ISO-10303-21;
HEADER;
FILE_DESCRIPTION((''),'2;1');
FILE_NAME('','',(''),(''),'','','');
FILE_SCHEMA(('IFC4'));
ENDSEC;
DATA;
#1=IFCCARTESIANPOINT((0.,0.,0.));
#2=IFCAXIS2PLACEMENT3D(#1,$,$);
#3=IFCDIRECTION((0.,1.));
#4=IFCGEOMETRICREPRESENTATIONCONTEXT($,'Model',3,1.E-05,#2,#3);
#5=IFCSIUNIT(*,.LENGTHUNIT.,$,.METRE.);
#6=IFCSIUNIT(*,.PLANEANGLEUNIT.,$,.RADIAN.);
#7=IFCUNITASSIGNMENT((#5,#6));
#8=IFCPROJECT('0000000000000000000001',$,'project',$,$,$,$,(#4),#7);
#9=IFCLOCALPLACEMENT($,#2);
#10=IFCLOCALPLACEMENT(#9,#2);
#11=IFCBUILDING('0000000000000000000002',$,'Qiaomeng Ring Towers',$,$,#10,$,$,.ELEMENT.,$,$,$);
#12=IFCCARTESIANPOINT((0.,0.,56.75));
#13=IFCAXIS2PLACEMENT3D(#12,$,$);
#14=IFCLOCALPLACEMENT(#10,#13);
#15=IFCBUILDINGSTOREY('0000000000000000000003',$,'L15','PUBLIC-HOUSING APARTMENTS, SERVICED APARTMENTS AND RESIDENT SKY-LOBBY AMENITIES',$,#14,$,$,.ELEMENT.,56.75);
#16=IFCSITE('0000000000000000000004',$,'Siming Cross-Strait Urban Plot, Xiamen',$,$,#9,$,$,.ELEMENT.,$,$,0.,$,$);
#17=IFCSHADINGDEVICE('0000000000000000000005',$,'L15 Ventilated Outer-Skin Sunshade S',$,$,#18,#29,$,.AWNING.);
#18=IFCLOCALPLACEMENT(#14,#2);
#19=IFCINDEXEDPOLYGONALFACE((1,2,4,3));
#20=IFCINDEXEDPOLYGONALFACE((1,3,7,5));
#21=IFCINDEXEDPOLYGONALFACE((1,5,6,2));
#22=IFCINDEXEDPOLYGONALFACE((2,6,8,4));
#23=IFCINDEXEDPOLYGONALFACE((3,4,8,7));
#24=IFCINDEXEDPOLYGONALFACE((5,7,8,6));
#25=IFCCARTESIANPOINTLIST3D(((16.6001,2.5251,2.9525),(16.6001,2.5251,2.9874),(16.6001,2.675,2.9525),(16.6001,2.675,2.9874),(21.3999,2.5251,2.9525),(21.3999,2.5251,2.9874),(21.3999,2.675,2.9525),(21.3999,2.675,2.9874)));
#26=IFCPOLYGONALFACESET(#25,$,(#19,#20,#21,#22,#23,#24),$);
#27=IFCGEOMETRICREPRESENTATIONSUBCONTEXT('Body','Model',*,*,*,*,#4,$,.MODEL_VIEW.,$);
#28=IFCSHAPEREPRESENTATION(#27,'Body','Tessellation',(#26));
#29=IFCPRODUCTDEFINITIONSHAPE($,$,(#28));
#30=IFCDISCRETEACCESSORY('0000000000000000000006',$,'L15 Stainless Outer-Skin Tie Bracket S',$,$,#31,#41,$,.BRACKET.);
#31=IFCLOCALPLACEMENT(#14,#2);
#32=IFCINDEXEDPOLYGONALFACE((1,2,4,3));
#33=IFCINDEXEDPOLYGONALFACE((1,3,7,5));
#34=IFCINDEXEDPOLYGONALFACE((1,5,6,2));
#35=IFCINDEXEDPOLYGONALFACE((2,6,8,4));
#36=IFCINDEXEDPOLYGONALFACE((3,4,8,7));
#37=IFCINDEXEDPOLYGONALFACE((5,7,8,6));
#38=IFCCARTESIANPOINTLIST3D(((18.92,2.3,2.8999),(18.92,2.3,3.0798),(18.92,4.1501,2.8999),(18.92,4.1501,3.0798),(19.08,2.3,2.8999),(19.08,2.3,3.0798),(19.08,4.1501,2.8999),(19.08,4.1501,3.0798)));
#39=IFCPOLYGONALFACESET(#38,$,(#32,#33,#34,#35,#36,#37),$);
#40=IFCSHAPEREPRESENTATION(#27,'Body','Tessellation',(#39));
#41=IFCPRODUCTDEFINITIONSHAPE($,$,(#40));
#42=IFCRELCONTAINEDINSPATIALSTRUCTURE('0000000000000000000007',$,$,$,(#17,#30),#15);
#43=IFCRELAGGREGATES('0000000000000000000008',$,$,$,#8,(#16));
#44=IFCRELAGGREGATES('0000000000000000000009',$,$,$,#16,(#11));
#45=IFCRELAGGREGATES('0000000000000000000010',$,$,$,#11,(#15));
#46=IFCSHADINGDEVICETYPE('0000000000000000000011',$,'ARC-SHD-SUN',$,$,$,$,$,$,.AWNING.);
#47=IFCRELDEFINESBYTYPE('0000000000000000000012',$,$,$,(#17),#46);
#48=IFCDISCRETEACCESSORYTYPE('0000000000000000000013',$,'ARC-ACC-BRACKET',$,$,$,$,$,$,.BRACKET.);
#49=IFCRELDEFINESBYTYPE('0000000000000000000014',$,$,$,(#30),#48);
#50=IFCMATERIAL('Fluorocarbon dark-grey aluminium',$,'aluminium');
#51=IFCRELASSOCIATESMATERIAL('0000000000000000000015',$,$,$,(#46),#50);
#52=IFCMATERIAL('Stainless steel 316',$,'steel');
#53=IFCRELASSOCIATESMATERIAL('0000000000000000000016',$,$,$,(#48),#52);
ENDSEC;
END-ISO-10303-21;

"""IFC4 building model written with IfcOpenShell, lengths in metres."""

from ifc_helpers import new_model, si_unit, direction, frame, origin, origin_2d, place, context, subcontext, project, spatial, rectangle, extrude, source, transform, mapped, material, material_profile, profile_set, type_object, element, save


model = new_model("IFC4")

# Units and contexts
model_context = context("Model", 3, precision=1e-05, world=origin(), true_north=direction((0.0, 1.0)))
body_context = subcontext(model_context, "Body", "Model", "MODEL_VIEW")
ifc_project = project(units=[si_unit("LENGTHUNIT", "METRE"), si_unit("PLANEANGLEUNIT", "RADIAN")], contexts=[model_context])

# Site, building, storey
site_placement = place(None, origin())
site = spatial("IfcSite", under=ifc_project, at=site_placement, Name="Siming Cross-Strait Urban Plot, Xiamen", CompositionType="ELEMENT", RefElevation=0.0)
building_placement = place(site_placement, origin())
building = spatial("IfcBuilding", under=site, at=building_placement, Name="Qiaomeng Ring Towers", CompositionType="ELEMENT")
storey_placement = place(building_placement, frame((0.0, 0.0, 56.75)))
storey = spatial("IfcBuildingStorey", under=building, at=storey_placement, Name="L15", Description="PUBLIC-HOUSING APARTMENTS, SERVICED APARTMENTS AND RESIDENT SKY-LOBBY AMENITIES", CompositionType="ELEMENT", Elevation=56.75)

# Shared definitions
ifc_material_1 = material(Name="Fluorocarbon dark-grey aluminium", Category="aluminium")

# Shared definitions
ifc_material_2 = material(Name="Stainless steel 316", Category="steel")

# Shading device
ifc_material_profile_1 = material_profile(ifc_material_1, rectangle(XDim=0.1499, YDim=0.0349, at=origin_2d()), Name="LV BLADE 150x35")
ifc_profile_set_1 = profile_set([ifc_material_profile_1], Name="Fluorocarbon dark-grey aluminium")
shading_device_type = type_object("IfcShadingDeviceType", Name="ARC-SHD-SUN", PredefinedType="AWNING", material=ifc_profile_set_1)
shared_shape_1 = source(origin(), body_context, "Body", "SweptSolid", [
    extrude(rectangle(XDim=0.1499, YDim=0.0349, at=origin_2d()), origin(), (0.0, 0.0, 1.0), 4.7998),
])
shading_device_placement = place(storey_placement, frame((16.6001, 2.6001, 2.97), z_axis=(1.0, 0.0, 0.0), x_axis=(0.0, 1.0, 0.0)))
element("IfcShadingDevice", 1, at=shading_device_placement, inside=storey, type_object=shading_device_type, Name="L15 Ventilated Outer-Skin Sunshade S", PredefinedType="AWNING", context=body_context, shape_type="MappedRepresentation", body=[
    mapped(shared_shape_1, transform((0.0, 0.0, 0.0), x_axis=(1.0, 0.0, 0.0), y_axis=(0.0, 1.0, 0.0), z_axis=(0.0, 0.0, 1.0), scale=1.0)),
])

# Discrete accessory
discrete_accessory_type = type_object("IfcDiscreteAccessoryType", Name="ARC-ACC-BRACKET", PredefinedType="BRACKET", material=ifc_material_2)
shared_shape_2 = source(origin(), body_context, "Body", "SweptSolid", [
    extrude(rectangle(XDim=0.1599, YDim=1.8501, at=origin_2d()), origin(), (0.0, 0.0, 1.0), 0.1799),
])
discrete_accessory_placement = place(storey_placement, frame((19.0, 3.2251, 2.8999), z_axis=(0.0, 0.0, 1.0), x_axis=(1.0, 0.0, 0.0)))
element("IfcDiscreteAccessory", 2, at=discrete_accessory_placement, inside=storey, type_object=discrete_accessory_type, Name="L15 Stainless Outer-Skin Tie Bracket S", PredefinedType="BRACKET", context=body_context, shape_type="MappedRepresentation", body=[
    mapped(shared_shape_2, transform((0.0, 0.0, 0.0), x_axis=(1.0, 0.0, 0.0), y_axis=(0.0, 1.0, 0.0), z_axis=(0.0, 0.0, 1.0), scale=1.0)),
])

save(model, "model.ifc")
